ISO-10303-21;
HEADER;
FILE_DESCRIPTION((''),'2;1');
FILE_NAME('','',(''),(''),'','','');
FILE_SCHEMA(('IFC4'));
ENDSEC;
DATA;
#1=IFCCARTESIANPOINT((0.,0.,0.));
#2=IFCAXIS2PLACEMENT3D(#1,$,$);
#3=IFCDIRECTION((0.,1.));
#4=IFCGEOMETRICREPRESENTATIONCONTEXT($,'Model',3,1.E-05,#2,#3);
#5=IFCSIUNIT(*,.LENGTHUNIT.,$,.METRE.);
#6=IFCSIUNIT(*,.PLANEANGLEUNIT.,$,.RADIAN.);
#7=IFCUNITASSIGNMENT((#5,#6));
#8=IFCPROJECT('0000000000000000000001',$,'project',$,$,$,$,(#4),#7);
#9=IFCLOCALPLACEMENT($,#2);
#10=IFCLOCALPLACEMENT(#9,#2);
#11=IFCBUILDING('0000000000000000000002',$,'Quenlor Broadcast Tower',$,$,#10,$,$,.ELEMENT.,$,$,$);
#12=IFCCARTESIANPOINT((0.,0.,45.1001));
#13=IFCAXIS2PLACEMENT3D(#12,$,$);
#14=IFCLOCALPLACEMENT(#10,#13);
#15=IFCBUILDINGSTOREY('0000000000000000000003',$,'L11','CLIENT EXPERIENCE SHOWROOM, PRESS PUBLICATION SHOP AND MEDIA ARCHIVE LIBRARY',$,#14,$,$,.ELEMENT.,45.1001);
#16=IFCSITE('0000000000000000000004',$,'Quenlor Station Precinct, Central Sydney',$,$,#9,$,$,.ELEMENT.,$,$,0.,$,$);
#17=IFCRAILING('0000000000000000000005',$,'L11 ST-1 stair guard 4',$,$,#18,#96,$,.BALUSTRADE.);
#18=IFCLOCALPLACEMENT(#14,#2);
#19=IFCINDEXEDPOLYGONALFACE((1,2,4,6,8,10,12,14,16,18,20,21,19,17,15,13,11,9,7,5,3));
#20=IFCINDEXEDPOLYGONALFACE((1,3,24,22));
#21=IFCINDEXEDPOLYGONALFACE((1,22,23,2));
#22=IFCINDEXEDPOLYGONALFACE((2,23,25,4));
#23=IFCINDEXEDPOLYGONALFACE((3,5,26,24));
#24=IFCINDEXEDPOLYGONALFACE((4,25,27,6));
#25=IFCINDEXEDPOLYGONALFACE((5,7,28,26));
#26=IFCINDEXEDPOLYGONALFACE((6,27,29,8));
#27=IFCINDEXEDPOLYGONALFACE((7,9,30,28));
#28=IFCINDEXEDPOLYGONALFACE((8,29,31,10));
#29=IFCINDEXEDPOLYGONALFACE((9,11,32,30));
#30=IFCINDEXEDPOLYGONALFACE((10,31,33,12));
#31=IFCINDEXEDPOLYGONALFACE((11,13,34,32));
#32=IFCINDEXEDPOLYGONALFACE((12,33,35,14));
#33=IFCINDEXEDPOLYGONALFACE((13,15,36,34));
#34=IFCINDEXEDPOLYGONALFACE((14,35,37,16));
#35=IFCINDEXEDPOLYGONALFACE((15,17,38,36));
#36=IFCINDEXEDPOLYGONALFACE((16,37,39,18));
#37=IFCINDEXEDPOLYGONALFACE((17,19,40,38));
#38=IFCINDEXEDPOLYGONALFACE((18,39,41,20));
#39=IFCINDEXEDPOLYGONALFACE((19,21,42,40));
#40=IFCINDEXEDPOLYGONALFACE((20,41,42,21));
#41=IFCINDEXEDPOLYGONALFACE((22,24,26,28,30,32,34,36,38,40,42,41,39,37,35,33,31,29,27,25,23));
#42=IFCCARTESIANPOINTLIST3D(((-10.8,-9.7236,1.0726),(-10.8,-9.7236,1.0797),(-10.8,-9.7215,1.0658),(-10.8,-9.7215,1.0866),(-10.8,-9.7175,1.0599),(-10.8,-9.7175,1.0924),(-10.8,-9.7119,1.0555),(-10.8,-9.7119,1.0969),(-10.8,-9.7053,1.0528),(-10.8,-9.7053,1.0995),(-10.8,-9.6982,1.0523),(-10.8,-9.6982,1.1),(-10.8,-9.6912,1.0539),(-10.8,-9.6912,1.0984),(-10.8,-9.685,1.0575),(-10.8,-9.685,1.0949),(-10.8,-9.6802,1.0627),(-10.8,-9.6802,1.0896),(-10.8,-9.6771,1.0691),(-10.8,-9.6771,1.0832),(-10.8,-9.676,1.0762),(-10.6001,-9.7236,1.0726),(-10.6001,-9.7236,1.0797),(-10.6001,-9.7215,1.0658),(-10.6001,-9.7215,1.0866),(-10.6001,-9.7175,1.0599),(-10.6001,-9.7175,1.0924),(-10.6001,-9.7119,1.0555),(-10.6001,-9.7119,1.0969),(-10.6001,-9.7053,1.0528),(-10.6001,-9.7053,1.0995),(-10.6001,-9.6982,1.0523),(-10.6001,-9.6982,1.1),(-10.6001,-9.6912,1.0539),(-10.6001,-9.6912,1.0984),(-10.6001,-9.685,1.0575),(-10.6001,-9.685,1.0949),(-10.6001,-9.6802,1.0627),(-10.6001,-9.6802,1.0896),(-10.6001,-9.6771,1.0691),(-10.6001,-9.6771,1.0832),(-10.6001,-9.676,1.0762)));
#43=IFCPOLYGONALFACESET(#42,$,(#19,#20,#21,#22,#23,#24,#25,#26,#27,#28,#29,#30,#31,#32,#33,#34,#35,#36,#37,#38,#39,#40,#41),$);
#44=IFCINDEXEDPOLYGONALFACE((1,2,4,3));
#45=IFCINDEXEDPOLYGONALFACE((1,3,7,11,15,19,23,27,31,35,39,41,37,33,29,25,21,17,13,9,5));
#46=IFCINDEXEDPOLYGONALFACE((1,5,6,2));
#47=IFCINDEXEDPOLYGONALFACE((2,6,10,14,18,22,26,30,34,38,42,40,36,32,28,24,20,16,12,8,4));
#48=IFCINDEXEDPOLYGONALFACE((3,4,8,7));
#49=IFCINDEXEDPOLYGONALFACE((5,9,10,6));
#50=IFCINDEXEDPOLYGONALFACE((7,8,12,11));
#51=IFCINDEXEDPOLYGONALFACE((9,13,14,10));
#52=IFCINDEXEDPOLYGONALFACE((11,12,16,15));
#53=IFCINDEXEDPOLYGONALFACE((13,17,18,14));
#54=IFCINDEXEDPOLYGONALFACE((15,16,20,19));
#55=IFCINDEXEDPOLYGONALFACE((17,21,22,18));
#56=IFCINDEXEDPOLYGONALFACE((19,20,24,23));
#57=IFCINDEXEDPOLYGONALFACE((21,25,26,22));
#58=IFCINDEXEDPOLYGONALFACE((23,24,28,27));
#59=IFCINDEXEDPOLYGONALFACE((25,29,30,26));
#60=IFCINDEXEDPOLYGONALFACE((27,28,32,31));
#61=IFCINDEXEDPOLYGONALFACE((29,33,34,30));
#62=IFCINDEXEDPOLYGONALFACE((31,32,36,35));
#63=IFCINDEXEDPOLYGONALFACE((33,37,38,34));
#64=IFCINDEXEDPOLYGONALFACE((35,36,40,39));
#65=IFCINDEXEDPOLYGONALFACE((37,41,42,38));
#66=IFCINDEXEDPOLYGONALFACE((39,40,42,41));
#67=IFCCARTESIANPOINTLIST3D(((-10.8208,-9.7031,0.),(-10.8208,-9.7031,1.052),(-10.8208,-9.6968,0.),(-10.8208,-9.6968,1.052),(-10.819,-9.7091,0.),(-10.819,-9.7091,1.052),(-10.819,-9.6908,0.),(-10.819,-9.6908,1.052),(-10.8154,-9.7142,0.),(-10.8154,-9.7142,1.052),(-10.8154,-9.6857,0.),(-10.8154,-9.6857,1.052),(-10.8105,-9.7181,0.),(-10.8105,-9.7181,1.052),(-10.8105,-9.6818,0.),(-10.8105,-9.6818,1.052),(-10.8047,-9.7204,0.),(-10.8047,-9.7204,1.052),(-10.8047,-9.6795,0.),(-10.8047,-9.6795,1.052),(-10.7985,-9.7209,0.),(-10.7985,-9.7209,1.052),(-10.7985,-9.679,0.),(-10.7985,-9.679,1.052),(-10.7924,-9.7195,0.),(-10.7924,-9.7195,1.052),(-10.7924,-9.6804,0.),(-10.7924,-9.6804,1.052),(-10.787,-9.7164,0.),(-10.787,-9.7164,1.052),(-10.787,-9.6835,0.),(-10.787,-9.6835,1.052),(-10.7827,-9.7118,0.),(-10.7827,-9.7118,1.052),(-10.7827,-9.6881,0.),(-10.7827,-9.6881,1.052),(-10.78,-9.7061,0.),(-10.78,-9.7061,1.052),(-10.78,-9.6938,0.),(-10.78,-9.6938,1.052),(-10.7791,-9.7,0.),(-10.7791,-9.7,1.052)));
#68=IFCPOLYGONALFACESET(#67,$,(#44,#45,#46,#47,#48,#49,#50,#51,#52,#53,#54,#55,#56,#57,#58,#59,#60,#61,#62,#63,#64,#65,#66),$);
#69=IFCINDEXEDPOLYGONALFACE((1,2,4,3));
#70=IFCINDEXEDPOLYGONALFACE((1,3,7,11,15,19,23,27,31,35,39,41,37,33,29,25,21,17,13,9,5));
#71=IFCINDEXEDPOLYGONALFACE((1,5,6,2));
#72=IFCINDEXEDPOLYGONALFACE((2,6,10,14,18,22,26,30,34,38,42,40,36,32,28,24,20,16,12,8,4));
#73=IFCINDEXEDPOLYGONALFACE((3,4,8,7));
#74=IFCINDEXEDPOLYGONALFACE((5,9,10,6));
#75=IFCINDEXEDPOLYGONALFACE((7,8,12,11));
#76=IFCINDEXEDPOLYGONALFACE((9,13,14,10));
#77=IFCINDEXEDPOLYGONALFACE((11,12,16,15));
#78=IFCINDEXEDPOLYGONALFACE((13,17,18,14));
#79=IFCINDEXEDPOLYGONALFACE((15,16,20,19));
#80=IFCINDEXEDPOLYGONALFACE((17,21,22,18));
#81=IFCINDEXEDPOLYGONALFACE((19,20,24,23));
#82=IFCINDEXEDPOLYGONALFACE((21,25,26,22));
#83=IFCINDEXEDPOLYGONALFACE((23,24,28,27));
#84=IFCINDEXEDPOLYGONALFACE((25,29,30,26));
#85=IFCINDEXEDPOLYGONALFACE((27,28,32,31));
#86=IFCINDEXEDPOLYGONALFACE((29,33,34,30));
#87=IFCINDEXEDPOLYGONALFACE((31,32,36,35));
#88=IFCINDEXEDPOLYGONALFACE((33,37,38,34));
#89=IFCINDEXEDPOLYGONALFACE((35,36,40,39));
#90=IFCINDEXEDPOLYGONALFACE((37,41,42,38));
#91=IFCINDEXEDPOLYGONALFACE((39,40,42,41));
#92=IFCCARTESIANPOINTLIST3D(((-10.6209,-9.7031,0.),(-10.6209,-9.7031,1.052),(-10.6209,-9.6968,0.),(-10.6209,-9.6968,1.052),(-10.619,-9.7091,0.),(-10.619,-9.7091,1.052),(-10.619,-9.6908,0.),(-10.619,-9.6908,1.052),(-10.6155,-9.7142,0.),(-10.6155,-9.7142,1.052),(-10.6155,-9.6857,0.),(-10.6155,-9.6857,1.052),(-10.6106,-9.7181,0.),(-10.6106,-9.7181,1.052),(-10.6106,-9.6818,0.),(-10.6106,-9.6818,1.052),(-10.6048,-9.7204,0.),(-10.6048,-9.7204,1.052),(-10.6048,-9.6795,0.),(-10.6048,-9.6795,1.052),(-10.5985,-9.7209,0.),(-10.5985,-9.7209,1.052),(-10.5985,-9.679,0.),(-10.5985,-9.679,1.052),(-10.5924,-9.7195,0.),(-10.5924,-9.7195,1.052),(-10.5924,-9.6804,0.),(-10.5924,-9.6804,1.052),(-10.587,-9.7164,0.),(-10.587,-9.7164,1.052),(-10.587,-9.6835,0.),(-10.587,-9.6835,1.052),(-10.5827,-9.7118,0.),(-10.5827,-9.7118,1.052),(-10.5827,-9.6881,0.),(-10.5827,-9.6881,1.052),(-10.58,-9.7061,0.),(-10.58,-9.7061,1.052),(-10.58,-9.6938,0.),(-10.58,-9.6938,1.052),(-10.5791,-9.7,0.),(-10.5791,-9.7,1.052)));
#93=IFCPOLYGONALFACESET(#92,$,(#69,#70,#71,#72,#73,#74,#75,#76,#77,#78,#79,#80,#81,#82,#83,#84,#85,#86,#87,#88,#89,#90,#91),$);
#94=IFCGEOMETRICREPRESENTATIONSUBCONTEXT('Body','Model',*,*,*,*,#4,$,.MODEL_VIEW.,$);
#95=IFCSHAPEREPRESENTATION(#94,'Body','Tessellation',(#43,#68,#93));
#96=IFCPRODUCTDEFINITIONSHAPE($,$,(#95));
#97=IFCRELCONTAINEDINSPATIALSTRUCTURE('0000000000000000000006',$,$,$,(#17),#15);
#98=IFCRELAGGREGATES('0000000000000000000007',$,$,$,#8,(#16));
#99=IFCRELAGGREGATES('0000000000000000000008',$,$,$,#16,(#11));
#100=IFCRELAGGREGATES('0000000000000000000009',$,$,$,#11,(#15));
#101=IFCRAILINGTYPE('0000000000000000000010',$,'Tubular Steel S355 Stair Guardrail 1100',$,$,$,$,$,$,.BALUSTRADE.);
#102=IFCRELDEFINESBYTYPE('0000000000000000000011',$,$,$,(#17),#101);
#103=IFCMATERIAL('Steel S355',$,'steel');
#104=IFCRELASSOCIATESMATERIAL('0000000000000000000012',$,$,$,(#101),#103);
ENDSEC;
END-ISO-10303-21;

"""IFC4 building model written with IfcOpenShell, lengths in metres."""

from ifc_helpers import new_model, si_unit, direction, frame, origin, origin_2d, place, context, subcontext, project, spatial, circle, extrude, material, type_object, element, save


model = new_model("IFC4")

# Units and contexts
model_context = context("Model", 3, precision=1e-05, world=origin(), true_north=direction((0.0, 1.0)))
body_context = subcontext(model_context, "Body", "Model", "MODEL_VIEW")
ifc_project = project(units=[si_unit("LENGTHUNIT", "METRE"), si_unit("PLANEANGLEUNIT", "RADIAN")], contexts=[model_context])

# Site, building, storey
site_placement = place(None, origin())
site = spatial("IfcSite", under=ifc_project, at=site_placement, Name="Quenlor Station Precinct, Central Sydney", CompositionType="ELEMENT", RefElevation=0.0)
building_placement = place(site_placement, origin())
building = spatial("IfcBuilding", under=site, at=building_placement, Name="Quenlor Broadcast Tower", CompositionType="ELEMENT")
storey_placement = place(building_placement, frame((0.0, 0.0, 45.1001)))
storey = spatial("IfcBuildingStorey", under=building, at=storey_placement, Name="L11", Description="CLIENT EXPERIENCE SHOWROOM, PRESS PUBLICATION SHOP AND MEDIA ARCHIVE LIBRARY", CompositionType="ELEMENT", Elevation=45.1001)

# Railing
ifc_material_1 = material(Name="Steel S355", Category="steel")
railing_type_1 = type_object("IfcRailingType", Name="Tubular Steel S355 Stair Guardrail 1100", PredefinedType="BALUSTRADE", material=ifc_material_1)
railing_1_placement = place(storey_placement, frame((-10.8, -9.7, 0.0)))
element("IfcRailing", 1, at=railing_1_placement, inside=storey, type_object=railing_type_1, Name="L11 ST-1 stair guard 4", PredefinedType="BALUSTRADE", context=body_context, shape_type="SweptSolid", body=[
    extrude(circle(Radius=0.0239, at=origin_2d()), frame((0.0, 0.0, 1.0762), z_axis=(1.0, 0.0, 0.0), x_axis=(0.0, 1.0, 0.0)), (0.0, 0.0, 1.0), 0.2),
    extrude(circle(Radius=0.021, at=origin_2d()), origin(), (0.0, 0.0, 1.0), 1.052),
    extrude(circle(Radius=0.021, at=origin_2d()), frame((0.2, 0.0, 0.0)), (0.0, 0.0, 1.0), 1.052),
])

save(model, "model.ifc")
